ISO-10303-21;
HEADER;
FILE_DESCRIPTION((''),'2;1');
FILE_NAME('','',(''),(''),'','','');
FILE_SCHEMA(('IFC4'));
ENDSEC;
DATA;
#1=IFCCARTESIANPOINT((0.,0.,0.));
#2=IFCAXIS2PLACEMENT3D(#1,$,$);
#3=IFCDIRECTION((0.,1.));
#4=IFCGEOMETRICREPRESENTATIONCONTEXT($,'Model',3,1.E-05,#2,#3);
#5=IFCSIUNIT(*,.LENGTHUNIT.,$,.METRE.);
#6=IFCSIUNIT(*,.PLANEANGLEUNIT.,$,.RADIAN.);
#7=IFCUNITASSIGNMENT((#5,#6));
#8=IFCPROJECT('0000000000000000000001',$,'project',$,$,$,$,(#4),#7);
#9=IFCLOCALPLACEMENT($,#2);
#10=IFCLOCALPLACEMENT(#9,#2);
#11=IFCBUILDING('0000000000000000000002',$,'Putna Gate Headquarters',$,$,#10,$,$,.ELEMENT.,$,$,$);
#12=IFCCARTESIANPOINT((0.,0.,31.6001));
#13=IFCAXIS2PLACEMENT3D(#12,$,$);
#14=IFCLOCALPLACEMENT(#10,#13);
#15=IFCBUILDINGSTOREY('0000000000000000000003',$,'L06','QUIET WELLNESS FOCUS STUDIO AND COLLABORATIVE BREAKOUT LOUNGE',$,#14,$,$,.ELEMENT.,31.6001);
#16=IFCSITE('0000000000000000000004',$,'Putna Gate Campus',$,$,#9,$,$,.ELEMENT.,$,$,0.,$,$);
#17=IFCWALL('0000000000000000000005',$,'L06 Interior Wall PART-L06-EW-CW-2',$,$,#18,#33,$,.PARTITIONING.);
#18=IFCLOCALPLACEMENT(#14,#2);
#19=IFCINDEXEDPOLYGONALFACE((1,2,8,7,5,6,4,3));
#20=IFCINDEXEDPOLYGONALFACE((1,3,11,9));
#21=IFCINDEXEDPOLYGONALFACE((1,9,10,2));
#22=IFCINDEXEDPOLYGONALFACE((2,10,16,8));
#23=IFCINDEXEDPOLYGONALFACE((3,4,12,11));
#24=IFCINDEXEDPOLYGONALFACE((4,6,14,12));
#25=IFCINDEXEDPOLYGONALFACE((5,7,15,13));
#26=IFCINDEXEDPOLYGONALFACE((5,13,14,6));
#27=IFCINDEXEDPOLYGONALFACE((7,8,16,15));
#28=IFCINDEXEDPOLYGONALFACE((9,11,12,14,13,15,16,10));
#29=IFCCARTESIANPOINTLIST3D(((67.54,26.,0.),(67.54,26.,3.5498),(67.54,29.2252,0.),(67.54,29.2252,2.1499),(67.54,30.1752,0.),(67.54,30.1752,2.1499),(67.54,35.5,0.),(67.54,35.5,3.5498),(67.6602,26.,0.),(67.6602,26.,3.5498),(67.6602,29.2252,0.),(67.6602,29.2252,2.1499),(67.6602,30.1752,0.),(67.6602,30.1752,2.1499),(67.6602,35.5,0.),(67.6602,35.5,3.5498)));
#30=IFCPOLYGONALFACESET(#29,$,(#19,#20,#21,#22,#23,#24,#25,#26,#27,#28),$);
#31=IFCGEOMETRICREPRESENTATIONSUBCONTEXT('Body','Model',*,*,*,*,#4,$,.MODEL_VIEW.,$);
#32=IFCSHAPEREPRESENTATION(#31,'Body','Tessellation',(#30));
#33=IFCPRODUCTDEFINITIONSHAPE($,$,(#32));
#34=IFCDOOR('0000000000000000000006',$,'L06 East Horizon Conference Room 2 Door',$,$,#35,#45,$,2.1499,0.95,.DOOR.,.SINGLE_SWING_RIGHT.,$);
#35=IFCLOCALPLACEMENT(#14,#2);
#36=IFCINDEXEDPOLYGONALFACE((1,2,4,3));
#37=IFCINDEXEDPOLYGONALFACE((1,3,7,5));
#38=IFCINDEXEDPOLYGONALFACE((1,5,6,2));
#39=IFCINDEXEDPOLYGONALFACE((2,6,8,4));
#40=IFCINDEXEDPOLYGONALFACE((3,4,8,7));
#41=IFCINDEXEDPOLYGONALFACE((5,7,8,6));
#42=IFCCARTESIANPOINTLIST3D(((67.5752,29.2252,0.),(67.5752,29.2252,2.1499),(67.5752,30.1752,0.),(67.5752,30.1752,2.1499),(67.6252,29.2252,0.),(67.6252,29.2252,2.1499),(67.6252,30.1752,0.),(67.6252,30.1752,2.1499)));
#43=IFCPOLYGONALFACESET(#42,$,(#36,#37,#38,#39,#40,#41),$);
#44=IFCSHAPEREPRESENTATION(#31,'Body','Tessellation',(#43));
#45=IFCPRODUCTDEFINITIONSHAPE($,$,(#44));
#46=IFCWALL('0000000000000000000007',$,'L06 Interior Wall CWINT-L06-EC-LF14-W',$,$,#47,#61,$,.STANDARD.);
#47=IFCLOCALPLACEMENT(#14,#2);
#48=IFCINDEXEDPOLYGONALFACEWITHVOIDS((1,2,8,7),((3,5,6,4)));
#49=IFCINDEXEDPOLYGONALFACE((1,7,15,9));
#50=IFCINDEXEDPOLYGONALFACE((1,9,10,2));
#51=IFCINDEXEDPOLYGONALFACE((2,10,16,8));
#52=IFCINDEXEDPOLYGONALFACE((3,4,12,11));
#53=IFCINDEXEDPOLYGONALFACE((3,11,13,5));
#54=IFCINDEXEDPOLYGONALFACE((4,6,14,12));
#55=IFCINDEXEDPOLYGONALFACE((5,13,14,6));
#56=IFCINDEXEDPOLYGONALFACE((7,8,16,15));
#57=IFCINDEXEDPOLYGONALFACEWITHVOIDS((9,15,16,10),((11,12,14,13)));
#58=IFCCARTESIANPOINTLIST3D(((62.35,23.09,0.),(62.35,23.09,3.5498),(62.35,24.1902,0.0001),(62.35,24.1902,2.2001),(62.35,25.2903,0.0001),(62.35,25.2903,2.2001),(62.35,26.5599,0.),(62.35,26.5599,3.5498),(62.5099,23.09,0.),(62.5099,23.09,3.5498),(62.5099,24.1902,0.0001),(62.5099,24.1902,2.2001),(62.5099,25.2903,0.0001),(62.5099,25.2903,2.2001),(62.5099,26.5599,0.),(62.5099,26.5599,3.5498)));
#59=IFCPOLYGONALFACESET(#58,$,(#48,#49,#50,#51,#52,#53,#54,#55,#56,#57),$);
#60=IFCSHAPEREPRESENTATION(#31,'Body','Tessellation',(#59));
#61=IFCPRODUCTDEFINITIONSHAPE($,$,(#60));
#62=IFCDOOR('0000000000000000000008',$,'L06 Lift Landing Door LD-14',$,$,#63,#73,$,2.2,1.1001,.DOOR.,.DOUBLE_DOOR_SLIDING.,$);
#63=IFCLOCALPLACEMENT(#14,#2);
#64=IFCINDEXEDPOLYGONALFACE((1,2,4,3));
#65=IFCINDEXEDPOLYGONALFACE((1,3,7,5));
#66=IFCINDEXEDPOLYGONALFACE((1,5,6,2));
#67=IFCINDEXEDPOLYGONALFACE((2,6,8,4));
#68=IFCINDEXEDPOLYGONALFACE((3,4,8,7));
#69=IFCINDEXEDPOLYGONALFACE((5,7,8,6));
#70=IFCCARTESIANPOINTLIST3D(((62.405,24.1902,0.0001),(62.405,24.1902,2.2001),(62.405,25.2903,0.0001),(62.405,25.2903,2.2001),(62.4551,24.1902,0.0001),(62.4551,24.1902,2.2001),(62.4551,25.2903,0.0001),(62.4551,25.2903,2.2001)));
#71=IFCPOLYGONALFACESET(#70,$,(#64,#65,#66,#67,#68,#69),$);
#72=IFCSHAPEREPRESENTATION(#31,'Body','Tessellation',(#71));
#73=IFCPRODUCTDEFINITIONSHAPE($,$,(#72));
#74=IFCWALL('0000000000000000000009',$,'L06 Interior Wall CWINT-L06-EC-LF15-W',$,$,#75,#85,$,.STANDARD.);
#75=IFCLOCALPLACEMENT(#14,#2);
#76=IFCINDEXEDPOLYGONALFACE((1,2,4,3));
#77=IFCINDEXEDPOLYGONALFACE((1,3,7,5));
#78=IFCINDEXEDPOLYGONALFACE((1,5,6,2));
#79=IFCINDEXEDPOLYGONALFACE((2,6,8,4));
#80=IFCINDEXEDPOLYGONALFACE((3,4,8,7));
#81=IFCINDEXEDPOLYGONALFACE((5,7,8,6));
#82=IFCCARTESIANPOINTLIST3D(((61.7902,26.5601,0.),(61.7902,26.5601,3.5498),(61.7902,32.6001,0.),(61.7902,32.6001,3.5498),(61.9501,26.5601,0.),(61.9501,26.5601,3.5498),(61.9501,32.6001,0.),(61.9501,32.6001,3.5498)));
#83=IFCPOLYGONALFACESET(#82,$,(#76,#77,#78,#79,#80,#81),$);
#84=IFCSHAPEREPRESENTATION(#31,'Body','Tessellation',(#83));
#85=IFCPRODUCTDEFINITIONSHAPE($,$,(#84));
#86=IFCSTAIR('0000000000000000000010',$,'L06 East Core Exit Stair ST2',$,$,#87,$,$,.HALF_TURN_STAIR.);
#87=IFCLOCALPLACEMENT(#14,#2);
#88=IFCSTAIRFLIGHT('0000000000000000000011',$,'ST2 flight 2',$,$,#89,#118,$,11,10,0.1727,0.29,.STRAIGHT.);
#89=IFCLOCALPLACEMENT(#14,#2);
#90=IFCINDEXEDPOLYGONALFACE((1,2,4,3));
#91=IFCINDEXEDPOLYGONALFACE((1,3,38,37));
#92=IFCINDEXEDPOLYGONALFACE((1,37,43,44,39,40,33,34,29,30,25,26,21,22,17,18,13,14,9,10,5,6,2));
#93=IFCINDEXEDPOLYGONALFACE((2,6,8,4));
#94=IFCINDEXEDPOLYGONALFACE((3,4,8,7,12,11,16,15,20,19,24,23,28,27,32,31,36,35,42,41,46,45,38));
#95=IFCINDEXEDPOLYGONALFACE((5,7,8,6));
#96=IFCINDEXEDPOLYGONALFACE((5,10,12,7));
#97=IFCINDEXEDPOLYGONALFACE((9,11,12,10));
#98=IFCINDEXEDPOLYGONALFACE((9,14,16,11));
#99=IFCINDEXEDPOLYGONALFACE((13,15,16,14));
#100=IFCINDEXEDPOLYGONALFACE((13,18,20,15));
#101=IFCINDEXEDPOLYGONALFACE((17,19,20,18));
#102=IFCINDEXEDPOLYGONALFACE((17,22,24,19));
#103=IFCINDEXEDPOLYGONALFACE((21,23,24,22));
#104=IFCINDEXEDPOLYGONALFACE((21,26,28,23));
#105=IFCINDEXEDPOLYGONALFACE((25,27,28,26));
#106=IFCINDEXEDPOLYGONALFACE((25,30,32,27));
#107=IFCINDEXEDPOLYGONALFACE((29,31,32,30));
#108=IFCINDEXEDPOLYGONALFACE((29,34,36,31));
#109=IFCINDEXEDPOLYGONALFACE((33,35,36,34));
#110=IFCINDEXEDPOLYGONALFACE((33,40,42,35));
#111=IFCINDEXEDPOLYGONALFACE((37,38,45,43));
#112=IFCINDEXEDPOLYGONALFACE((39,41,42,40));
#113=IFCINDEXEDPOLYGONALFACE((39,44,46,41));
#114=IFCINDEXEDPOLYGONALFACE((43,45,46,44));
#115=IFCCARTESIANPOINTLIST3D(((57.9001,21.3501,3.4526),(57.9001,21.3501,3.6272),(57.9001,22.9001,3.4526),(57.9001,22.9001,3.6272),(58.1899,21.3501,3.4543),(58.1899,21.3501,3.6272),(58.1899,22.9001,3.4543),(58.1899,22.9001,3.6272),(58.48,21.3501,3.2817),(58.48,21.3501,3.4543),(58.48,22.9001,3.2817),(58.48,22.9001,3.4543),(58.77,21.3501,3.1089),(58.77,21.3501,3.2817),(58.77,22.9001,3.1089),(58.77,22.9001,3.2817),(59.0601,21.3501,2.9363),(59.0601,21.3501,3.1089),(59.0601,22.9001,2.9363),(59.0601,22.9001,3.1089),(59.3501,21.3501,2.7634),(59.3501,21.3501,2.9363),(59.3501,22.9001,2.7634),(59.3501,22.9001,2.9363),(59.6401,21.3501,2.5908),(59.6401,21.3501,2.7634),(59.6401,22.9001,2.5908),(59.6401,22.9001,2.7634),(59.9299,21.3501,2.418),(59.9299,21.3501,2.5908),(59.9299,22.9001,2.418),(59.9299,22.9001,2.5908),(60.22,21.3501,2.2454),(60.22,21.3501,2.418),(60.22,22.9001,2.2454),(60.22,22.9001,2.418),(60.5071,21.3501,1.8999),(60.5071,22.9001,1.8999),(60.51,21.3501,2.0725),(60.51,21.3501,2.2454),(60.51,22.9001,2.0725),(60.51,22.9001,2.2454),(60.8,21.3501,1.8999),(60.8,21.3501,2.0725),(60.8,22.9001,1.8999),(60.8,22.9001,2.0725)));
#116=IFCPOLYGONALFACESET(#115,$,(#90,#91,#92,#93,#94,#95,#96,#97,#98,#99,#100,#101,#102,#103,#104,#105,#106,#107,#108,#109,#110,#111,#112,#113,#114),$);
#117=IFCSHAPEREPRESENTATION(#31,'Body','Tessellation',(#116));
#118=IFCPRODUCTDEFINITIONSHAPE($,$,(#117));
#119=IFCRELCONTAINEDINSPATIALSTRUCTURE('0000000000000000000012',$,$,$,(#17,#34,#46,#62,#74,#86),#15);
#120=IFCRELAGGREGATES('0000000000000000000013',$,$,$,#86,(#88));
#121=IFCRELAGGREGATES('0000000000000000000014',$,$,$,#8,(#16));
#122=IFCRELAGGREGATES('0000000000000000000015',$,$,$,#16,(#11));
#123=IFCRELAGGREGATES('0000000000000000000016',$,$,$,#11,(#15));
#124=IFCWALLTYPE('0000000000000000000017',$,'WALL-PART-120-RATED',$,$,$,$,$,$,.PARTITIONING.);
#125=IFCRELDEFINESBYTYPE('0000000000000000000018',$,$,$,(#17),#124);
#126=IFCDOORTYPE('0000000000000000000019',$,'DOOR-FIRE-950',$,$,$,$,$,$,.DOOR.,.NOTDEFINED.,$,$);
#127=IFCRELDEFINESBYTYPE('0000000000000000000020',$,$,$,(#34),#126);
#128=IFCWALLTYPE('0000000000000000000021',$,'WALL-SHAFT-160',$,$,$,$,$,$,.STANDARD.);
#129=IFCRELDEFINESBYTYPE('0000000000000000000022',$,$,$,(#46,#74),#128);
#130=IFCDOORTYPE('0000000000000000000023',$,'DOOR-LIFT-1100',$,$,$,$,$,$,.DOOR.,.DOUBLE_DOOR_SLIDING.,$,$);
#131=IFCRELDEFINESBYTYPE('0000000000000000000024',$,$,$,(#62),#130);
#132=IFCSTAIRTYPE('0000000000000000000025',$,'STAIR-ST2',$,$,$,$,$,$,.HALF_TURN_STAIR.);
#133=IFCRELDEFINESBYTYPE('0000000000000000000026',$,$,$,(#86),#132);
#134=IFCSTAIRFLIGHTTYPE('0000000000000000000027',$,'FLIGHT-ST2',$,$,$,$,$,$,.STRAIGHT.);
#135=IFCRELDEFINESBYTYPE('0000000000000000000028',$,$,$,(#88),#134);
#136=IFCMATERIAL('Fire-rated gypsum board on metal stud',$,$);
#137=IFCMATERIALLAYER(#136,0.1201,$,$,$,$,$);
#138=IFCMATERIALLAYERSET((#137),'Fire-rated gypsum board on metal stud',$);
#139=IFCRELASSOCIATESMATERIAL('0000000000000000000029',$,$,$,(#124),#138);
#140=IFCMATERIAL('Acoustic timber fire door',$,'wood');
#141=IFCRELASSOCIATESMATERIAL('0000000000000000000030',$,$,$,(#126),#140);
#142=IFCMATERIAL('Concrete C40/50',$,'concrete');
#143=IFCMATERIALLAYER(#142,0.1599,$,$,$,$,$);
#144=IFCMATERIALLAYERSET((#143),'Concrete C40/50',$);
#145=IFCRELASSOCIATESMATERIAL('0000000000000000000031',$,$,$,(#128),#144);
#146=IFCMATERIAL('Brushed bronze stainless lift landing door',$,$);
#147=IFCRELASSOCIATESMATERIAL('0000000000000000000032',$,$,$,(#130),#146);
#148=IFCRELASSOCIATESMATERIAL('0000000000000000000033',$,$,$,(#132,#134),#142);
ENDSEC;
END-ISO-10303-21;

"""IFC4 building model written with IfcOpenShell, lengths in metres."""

from ifc_helpers import new_model, si_unit, direction, frame, frame_2d, origin, place, context, subcontext, project, spatial, polyline, rectangle, outline, extrude, material, layer, layer_set, type_object, element, fill, aggregate, save


model = new_model("IFC4")

# Units and contexts
model_context = context("Model", 3, precision=1e-05, world=origin(), true_north=direction((0.0, 1.0)))
body_context = subcontext(model_context, "Body", "Model", "MODEL_VIEW")
ifc_project = project(units=[si_unit("LENGTHUNIT", "METRE"), si_unit("PLANEANGLEUNIT", "RADIAN")], contexts=[model_context])

# Site, building, storey
site_placement = place(None, origin())
site = spatial("IfcSite", under=ifc_project, at=site_placement, Name="Putna Gate Campus", CompositionType="ELEMENT", RefElevation=0.0)
building_placement = place(site_placement, origin())
building = spatial("IfcBuilding", under=site, at=building_placement, Name="Putna Gate Headquarters", CompositionType="ELEMENT")
storey_placement = place(building_placement, frame((0.0, 0.0, 31.6001)))
storey = spatial("IfcBuildingStorey", under=building, at=storey_placement, Name="L06", Description="QUIET WELLNESS FOCUS STUDIO AND COLLABORATIVE BREAKOUT LOUNGE", CompositionType="ELEMENT", Elevation=31.6001)

# Shared definitions
ifc_material_1 = material(Name="Fire-rated gypsum board on metal stud")
ifc_layer_1 = layer(ifc_material_1, 0.1201)
ifc_layer_set_1 = layer_set([ifc_layer_1], Name="Fire-rated gypsum board on metal stud")
wall_type_1 = type_object("IfcWallType", Name="WALL-PART-120-RATED", PredefinedType="PARTITIONING", material=ifc_layer_set_1)

# Walls, openings, doors
wall_1_placement = place(storey_placement, frame((67.6001, 26.0, 0.0), z_axis=(0.0, 0.0, 1.0), x_axis=(0.0, 1.0, 0.0)))
wall_1 = element("IfcWall", 1, at=wall_1_placement, inside=storey, type_object=wall_type_1, Name="L06 Interior Wall PART-L06-EW-CW-2", PredefinedType="PARTITIONING", context=body_context, shape_type="SweptSolid", body=[
    extrude(rectangle(XDim=9.5, YDim=0.1201, at=frame_2d((4.75, 0.0))), origin(), (0.0, 0.0, 1.0), 3.5498),
])
opening_1_placement = place(wall_1_placement, frame((3.2251, 0.0, 0.0)))
opening_1 = element("IfcOpeningElement", 2, at=opening_1_placement, cuts=wall_1, PredefinedType="OPENING", context=body_context, shape_type="SweptSolid", body=[
    extrude(rectangle(XDim=0.95, YDim=2.1499, at=frame_2d((0.4751, 1.075))), frame((0.0, 0.0701, 0.0), z_axis=(0.0, -1.0, 0.0), x_axis=(1.0, 0.0, 0.0)), (0.0, 0.0, 1.0), 0.1401),
])
ifc_material_2 = material(Name="Acoustic timber fire door", Category="wood")
door_type_1 = type_object("IfcDoorType", Name="DOOR-FIRE-950", OperationType="NOTDEFINED", PredefinedType="DOOR", material=ifc_material_2)
door_1_placement = place(opening_1_placement, origin())
door_1 = element("IfcDoor", 3, at=door_1_placement, inside=storey, type_object=door_type_1, Name="L06 East Horizon Conference Room 2 Door", OperationType="SINGLE_SWING_RIGHT", OverallHeight=2.1499, OverallWidth=0.95, PredefinedType="DOOR", context=body_context, shape_type="SweptSolid", body=[
    extrude(rectangle(XDim=0.95, YDim=2.1499, at=frame_2d((0.4751, 1.075))), frame((0.0, 0.0249, 0.0), z_axis=(0.0, -1.0, 0.0), x_axis=(1.0, 0.0, 0.0)), (0.0, 0.0, 1.0), 0.05),
])
fill(opening_1, door_1)
ifc_material_3 = material(Name="Concrete C40/50", Category="concrete")
ifc_layer_2 = layer(ifc_material_3, 0.1599)
ifc_layer_set_2 = layer_set([ifc_layer_2], Name="Concrete C40/50")
wall_type_2 = type_object("IfcWallType", Name="WALL-SHAFT-160", PredefinedType="STANDARD", material=ifc_layer_set_2)
wall_2_placement = place(storey_placement, frame((62.4299, 23.0901, 0.0), z_axis=(0.0, 0.0, 1.0), x_axis=(0.0, 1.0, 0.0)))
wall_2 = element("IfcWall", 4, at=wall_2_placement, inside=storey, type_object=wall_type_2, Name="L06 Interior Wall CWINT-L06-EC-LF14-W", PredefinedType="STANDARD", context=body_context, shape_type="SweptSolid", body=[
    extrude(rectangle(XDim=3.47, YDim=0.1599, at=frame_2d((1.7349, 0.0))), origin(), (0.0, 0.0, 1.0), 3.5498),
])
opening_2_placement = place(wall_2_placement, frame((1.1001, 0.0, 0.0)))
opening_2 = element("IfcOpeningElement", 5, at=opening_2_placement, cuts=wall_2, PredefinedType="OPENING", context=body_context, shape_type="SweptSolid", body=[
    extrude(rectangle(XDim=1.1001, YDim=2.2, at=frame_2d((0.55, 1.1001))), frame((0.0, 0.0898, 0.0), z_axis=(0.0, -1.0, 0.0), x_axis=(1.0, 0.0, 0.0)), (0.0, 0.0, 1.0), 0.1799),
])
ifc_material_4 = material(Name="Brushed bronze stainless lift landing door")
door_type_2 = type_object("IfcDoorType", Name="DOOR-LIFT-1100", OperationType="DOUBLE_DOOR_SLIDING", PredefinedType="DOOR", material=ifc_material_4)
door_2_placement = place(opening_2_placement, origin())
door_2 = element("IfcDoor", 6, at=door_2_placement, inside=storey, type_object=door_type_2, Name="L06 Lift Landing Door LD-14", OperationType="DOUBLE_DOOR_SLIDING", OverallHeight=2.2, OverallWidth=1.1001, PredefinedType="DOOR", context=body_context, shape_type="SweptSolid", body=[
    extrude(rectangle(XDim=1.1001, YDim=2.2, at=frame_2d((0.55, 1.1001))), frame((0.0, 0.0249, 0.0), z_axis=(0.0, -1.0, 0.0), x_axis=(1.0, 0.0, 0.0)), (0.0, 0.0, 1.0), 0.05),
])
fill(opening_2, door_2)

# Wall
wall_3_placement = place(storey_placement, frame((61.8701, 26.5601, 0.0), z_axis=(0.0, 0.0, 1.0), x_axis=(0.0, 1.0, 0.0)))
element("IfcWall", 7, at=wall_3_placement, inside=storey, type_object=wall_type_2, Name="L06 Interior Wall CWINT-L06-EC-LF15-W", PredefinedType="STANDARD", context=body_context, shape_type="SweptSolid", body=[
    extrude(rectangle(XDim=6.04, YDim=0.1599, at=frame_2d((3.02, 0.0))), origin(), (0.0, 0.0, 1.0), 3.5498),
])

# Stair, stair flight
stair_type = type_object("IfcStairType", Name="STAIR-ST2", PredefinedType="HALF_TURN_STAIR", material=ifc_material_3)
stair_placement = place(storey_placement, origin())
stair = element("IfcStair", 8, at=stair_placement, inside=storey, type_object=stair_type, Name="L06 East Core Exit Stair ST2", PredefinedType="HALF_TURN_STAIR")
stair_flight_type = type_object("IfcStairFlightType", Name="FLIGHT-ST2", PredefinedType="STRAIGHT", material=ifc_material_3)
stair_flight_placement = place(storey_placement, frame((60.8, 22.125, 1.8999), z_axis=(0.0, 0.0, 1.0), x_axis=(-1.0, 0.0, 0.0)))
stair_flight = element("IfcStairFlight", 9, at=stair_flight_placement, type_object=stair_flight_type, Name="ST2 flight 2", NumberOfRisers=11, NumberOfTreads=10, PredefinedType="STRAIGHT", RiserHeight=0.1727, TreadLength=0.29, context=body_context, shape_type="SweptSolid", body=[
    extrude(outline(polyline([(0.0, 0.0), (0.0, 0.1726), (0.29, 0.1726), (0.29, 0.3455), (0.5801, 0.3455), (0.5801, 0.5181), (0.8701, 0.5181), (0.8701, 0.6909), (1.1599, 0.6909), (1.1599, 0.8635), (1.45, 0.8635), (1.45, 1.0364), (1.74, 1.0364), (1.74, 1.209), (2.03, 1.209), (2.03, 1.3818), (2.3201, 1.3818), (2.3201, 1.5544), (2.6101, 1.5544), (2.6101, 1.7273), (2.8999, 1.7273), (2.8999, 1.8999), (2.8999, 1.5527), (0.293, 0.0), (0.0, 0.0)])), frame((0.0, 0.7749, 0.0), z_axis=(0.0, -1.0, 0.0), x_axis=(1.0, 0.0, 0.0)), (0.0, 0.0, 1.0), 1.55),
])
aggregate(stair, [stair_flight])

save(model, "model.ifc")
